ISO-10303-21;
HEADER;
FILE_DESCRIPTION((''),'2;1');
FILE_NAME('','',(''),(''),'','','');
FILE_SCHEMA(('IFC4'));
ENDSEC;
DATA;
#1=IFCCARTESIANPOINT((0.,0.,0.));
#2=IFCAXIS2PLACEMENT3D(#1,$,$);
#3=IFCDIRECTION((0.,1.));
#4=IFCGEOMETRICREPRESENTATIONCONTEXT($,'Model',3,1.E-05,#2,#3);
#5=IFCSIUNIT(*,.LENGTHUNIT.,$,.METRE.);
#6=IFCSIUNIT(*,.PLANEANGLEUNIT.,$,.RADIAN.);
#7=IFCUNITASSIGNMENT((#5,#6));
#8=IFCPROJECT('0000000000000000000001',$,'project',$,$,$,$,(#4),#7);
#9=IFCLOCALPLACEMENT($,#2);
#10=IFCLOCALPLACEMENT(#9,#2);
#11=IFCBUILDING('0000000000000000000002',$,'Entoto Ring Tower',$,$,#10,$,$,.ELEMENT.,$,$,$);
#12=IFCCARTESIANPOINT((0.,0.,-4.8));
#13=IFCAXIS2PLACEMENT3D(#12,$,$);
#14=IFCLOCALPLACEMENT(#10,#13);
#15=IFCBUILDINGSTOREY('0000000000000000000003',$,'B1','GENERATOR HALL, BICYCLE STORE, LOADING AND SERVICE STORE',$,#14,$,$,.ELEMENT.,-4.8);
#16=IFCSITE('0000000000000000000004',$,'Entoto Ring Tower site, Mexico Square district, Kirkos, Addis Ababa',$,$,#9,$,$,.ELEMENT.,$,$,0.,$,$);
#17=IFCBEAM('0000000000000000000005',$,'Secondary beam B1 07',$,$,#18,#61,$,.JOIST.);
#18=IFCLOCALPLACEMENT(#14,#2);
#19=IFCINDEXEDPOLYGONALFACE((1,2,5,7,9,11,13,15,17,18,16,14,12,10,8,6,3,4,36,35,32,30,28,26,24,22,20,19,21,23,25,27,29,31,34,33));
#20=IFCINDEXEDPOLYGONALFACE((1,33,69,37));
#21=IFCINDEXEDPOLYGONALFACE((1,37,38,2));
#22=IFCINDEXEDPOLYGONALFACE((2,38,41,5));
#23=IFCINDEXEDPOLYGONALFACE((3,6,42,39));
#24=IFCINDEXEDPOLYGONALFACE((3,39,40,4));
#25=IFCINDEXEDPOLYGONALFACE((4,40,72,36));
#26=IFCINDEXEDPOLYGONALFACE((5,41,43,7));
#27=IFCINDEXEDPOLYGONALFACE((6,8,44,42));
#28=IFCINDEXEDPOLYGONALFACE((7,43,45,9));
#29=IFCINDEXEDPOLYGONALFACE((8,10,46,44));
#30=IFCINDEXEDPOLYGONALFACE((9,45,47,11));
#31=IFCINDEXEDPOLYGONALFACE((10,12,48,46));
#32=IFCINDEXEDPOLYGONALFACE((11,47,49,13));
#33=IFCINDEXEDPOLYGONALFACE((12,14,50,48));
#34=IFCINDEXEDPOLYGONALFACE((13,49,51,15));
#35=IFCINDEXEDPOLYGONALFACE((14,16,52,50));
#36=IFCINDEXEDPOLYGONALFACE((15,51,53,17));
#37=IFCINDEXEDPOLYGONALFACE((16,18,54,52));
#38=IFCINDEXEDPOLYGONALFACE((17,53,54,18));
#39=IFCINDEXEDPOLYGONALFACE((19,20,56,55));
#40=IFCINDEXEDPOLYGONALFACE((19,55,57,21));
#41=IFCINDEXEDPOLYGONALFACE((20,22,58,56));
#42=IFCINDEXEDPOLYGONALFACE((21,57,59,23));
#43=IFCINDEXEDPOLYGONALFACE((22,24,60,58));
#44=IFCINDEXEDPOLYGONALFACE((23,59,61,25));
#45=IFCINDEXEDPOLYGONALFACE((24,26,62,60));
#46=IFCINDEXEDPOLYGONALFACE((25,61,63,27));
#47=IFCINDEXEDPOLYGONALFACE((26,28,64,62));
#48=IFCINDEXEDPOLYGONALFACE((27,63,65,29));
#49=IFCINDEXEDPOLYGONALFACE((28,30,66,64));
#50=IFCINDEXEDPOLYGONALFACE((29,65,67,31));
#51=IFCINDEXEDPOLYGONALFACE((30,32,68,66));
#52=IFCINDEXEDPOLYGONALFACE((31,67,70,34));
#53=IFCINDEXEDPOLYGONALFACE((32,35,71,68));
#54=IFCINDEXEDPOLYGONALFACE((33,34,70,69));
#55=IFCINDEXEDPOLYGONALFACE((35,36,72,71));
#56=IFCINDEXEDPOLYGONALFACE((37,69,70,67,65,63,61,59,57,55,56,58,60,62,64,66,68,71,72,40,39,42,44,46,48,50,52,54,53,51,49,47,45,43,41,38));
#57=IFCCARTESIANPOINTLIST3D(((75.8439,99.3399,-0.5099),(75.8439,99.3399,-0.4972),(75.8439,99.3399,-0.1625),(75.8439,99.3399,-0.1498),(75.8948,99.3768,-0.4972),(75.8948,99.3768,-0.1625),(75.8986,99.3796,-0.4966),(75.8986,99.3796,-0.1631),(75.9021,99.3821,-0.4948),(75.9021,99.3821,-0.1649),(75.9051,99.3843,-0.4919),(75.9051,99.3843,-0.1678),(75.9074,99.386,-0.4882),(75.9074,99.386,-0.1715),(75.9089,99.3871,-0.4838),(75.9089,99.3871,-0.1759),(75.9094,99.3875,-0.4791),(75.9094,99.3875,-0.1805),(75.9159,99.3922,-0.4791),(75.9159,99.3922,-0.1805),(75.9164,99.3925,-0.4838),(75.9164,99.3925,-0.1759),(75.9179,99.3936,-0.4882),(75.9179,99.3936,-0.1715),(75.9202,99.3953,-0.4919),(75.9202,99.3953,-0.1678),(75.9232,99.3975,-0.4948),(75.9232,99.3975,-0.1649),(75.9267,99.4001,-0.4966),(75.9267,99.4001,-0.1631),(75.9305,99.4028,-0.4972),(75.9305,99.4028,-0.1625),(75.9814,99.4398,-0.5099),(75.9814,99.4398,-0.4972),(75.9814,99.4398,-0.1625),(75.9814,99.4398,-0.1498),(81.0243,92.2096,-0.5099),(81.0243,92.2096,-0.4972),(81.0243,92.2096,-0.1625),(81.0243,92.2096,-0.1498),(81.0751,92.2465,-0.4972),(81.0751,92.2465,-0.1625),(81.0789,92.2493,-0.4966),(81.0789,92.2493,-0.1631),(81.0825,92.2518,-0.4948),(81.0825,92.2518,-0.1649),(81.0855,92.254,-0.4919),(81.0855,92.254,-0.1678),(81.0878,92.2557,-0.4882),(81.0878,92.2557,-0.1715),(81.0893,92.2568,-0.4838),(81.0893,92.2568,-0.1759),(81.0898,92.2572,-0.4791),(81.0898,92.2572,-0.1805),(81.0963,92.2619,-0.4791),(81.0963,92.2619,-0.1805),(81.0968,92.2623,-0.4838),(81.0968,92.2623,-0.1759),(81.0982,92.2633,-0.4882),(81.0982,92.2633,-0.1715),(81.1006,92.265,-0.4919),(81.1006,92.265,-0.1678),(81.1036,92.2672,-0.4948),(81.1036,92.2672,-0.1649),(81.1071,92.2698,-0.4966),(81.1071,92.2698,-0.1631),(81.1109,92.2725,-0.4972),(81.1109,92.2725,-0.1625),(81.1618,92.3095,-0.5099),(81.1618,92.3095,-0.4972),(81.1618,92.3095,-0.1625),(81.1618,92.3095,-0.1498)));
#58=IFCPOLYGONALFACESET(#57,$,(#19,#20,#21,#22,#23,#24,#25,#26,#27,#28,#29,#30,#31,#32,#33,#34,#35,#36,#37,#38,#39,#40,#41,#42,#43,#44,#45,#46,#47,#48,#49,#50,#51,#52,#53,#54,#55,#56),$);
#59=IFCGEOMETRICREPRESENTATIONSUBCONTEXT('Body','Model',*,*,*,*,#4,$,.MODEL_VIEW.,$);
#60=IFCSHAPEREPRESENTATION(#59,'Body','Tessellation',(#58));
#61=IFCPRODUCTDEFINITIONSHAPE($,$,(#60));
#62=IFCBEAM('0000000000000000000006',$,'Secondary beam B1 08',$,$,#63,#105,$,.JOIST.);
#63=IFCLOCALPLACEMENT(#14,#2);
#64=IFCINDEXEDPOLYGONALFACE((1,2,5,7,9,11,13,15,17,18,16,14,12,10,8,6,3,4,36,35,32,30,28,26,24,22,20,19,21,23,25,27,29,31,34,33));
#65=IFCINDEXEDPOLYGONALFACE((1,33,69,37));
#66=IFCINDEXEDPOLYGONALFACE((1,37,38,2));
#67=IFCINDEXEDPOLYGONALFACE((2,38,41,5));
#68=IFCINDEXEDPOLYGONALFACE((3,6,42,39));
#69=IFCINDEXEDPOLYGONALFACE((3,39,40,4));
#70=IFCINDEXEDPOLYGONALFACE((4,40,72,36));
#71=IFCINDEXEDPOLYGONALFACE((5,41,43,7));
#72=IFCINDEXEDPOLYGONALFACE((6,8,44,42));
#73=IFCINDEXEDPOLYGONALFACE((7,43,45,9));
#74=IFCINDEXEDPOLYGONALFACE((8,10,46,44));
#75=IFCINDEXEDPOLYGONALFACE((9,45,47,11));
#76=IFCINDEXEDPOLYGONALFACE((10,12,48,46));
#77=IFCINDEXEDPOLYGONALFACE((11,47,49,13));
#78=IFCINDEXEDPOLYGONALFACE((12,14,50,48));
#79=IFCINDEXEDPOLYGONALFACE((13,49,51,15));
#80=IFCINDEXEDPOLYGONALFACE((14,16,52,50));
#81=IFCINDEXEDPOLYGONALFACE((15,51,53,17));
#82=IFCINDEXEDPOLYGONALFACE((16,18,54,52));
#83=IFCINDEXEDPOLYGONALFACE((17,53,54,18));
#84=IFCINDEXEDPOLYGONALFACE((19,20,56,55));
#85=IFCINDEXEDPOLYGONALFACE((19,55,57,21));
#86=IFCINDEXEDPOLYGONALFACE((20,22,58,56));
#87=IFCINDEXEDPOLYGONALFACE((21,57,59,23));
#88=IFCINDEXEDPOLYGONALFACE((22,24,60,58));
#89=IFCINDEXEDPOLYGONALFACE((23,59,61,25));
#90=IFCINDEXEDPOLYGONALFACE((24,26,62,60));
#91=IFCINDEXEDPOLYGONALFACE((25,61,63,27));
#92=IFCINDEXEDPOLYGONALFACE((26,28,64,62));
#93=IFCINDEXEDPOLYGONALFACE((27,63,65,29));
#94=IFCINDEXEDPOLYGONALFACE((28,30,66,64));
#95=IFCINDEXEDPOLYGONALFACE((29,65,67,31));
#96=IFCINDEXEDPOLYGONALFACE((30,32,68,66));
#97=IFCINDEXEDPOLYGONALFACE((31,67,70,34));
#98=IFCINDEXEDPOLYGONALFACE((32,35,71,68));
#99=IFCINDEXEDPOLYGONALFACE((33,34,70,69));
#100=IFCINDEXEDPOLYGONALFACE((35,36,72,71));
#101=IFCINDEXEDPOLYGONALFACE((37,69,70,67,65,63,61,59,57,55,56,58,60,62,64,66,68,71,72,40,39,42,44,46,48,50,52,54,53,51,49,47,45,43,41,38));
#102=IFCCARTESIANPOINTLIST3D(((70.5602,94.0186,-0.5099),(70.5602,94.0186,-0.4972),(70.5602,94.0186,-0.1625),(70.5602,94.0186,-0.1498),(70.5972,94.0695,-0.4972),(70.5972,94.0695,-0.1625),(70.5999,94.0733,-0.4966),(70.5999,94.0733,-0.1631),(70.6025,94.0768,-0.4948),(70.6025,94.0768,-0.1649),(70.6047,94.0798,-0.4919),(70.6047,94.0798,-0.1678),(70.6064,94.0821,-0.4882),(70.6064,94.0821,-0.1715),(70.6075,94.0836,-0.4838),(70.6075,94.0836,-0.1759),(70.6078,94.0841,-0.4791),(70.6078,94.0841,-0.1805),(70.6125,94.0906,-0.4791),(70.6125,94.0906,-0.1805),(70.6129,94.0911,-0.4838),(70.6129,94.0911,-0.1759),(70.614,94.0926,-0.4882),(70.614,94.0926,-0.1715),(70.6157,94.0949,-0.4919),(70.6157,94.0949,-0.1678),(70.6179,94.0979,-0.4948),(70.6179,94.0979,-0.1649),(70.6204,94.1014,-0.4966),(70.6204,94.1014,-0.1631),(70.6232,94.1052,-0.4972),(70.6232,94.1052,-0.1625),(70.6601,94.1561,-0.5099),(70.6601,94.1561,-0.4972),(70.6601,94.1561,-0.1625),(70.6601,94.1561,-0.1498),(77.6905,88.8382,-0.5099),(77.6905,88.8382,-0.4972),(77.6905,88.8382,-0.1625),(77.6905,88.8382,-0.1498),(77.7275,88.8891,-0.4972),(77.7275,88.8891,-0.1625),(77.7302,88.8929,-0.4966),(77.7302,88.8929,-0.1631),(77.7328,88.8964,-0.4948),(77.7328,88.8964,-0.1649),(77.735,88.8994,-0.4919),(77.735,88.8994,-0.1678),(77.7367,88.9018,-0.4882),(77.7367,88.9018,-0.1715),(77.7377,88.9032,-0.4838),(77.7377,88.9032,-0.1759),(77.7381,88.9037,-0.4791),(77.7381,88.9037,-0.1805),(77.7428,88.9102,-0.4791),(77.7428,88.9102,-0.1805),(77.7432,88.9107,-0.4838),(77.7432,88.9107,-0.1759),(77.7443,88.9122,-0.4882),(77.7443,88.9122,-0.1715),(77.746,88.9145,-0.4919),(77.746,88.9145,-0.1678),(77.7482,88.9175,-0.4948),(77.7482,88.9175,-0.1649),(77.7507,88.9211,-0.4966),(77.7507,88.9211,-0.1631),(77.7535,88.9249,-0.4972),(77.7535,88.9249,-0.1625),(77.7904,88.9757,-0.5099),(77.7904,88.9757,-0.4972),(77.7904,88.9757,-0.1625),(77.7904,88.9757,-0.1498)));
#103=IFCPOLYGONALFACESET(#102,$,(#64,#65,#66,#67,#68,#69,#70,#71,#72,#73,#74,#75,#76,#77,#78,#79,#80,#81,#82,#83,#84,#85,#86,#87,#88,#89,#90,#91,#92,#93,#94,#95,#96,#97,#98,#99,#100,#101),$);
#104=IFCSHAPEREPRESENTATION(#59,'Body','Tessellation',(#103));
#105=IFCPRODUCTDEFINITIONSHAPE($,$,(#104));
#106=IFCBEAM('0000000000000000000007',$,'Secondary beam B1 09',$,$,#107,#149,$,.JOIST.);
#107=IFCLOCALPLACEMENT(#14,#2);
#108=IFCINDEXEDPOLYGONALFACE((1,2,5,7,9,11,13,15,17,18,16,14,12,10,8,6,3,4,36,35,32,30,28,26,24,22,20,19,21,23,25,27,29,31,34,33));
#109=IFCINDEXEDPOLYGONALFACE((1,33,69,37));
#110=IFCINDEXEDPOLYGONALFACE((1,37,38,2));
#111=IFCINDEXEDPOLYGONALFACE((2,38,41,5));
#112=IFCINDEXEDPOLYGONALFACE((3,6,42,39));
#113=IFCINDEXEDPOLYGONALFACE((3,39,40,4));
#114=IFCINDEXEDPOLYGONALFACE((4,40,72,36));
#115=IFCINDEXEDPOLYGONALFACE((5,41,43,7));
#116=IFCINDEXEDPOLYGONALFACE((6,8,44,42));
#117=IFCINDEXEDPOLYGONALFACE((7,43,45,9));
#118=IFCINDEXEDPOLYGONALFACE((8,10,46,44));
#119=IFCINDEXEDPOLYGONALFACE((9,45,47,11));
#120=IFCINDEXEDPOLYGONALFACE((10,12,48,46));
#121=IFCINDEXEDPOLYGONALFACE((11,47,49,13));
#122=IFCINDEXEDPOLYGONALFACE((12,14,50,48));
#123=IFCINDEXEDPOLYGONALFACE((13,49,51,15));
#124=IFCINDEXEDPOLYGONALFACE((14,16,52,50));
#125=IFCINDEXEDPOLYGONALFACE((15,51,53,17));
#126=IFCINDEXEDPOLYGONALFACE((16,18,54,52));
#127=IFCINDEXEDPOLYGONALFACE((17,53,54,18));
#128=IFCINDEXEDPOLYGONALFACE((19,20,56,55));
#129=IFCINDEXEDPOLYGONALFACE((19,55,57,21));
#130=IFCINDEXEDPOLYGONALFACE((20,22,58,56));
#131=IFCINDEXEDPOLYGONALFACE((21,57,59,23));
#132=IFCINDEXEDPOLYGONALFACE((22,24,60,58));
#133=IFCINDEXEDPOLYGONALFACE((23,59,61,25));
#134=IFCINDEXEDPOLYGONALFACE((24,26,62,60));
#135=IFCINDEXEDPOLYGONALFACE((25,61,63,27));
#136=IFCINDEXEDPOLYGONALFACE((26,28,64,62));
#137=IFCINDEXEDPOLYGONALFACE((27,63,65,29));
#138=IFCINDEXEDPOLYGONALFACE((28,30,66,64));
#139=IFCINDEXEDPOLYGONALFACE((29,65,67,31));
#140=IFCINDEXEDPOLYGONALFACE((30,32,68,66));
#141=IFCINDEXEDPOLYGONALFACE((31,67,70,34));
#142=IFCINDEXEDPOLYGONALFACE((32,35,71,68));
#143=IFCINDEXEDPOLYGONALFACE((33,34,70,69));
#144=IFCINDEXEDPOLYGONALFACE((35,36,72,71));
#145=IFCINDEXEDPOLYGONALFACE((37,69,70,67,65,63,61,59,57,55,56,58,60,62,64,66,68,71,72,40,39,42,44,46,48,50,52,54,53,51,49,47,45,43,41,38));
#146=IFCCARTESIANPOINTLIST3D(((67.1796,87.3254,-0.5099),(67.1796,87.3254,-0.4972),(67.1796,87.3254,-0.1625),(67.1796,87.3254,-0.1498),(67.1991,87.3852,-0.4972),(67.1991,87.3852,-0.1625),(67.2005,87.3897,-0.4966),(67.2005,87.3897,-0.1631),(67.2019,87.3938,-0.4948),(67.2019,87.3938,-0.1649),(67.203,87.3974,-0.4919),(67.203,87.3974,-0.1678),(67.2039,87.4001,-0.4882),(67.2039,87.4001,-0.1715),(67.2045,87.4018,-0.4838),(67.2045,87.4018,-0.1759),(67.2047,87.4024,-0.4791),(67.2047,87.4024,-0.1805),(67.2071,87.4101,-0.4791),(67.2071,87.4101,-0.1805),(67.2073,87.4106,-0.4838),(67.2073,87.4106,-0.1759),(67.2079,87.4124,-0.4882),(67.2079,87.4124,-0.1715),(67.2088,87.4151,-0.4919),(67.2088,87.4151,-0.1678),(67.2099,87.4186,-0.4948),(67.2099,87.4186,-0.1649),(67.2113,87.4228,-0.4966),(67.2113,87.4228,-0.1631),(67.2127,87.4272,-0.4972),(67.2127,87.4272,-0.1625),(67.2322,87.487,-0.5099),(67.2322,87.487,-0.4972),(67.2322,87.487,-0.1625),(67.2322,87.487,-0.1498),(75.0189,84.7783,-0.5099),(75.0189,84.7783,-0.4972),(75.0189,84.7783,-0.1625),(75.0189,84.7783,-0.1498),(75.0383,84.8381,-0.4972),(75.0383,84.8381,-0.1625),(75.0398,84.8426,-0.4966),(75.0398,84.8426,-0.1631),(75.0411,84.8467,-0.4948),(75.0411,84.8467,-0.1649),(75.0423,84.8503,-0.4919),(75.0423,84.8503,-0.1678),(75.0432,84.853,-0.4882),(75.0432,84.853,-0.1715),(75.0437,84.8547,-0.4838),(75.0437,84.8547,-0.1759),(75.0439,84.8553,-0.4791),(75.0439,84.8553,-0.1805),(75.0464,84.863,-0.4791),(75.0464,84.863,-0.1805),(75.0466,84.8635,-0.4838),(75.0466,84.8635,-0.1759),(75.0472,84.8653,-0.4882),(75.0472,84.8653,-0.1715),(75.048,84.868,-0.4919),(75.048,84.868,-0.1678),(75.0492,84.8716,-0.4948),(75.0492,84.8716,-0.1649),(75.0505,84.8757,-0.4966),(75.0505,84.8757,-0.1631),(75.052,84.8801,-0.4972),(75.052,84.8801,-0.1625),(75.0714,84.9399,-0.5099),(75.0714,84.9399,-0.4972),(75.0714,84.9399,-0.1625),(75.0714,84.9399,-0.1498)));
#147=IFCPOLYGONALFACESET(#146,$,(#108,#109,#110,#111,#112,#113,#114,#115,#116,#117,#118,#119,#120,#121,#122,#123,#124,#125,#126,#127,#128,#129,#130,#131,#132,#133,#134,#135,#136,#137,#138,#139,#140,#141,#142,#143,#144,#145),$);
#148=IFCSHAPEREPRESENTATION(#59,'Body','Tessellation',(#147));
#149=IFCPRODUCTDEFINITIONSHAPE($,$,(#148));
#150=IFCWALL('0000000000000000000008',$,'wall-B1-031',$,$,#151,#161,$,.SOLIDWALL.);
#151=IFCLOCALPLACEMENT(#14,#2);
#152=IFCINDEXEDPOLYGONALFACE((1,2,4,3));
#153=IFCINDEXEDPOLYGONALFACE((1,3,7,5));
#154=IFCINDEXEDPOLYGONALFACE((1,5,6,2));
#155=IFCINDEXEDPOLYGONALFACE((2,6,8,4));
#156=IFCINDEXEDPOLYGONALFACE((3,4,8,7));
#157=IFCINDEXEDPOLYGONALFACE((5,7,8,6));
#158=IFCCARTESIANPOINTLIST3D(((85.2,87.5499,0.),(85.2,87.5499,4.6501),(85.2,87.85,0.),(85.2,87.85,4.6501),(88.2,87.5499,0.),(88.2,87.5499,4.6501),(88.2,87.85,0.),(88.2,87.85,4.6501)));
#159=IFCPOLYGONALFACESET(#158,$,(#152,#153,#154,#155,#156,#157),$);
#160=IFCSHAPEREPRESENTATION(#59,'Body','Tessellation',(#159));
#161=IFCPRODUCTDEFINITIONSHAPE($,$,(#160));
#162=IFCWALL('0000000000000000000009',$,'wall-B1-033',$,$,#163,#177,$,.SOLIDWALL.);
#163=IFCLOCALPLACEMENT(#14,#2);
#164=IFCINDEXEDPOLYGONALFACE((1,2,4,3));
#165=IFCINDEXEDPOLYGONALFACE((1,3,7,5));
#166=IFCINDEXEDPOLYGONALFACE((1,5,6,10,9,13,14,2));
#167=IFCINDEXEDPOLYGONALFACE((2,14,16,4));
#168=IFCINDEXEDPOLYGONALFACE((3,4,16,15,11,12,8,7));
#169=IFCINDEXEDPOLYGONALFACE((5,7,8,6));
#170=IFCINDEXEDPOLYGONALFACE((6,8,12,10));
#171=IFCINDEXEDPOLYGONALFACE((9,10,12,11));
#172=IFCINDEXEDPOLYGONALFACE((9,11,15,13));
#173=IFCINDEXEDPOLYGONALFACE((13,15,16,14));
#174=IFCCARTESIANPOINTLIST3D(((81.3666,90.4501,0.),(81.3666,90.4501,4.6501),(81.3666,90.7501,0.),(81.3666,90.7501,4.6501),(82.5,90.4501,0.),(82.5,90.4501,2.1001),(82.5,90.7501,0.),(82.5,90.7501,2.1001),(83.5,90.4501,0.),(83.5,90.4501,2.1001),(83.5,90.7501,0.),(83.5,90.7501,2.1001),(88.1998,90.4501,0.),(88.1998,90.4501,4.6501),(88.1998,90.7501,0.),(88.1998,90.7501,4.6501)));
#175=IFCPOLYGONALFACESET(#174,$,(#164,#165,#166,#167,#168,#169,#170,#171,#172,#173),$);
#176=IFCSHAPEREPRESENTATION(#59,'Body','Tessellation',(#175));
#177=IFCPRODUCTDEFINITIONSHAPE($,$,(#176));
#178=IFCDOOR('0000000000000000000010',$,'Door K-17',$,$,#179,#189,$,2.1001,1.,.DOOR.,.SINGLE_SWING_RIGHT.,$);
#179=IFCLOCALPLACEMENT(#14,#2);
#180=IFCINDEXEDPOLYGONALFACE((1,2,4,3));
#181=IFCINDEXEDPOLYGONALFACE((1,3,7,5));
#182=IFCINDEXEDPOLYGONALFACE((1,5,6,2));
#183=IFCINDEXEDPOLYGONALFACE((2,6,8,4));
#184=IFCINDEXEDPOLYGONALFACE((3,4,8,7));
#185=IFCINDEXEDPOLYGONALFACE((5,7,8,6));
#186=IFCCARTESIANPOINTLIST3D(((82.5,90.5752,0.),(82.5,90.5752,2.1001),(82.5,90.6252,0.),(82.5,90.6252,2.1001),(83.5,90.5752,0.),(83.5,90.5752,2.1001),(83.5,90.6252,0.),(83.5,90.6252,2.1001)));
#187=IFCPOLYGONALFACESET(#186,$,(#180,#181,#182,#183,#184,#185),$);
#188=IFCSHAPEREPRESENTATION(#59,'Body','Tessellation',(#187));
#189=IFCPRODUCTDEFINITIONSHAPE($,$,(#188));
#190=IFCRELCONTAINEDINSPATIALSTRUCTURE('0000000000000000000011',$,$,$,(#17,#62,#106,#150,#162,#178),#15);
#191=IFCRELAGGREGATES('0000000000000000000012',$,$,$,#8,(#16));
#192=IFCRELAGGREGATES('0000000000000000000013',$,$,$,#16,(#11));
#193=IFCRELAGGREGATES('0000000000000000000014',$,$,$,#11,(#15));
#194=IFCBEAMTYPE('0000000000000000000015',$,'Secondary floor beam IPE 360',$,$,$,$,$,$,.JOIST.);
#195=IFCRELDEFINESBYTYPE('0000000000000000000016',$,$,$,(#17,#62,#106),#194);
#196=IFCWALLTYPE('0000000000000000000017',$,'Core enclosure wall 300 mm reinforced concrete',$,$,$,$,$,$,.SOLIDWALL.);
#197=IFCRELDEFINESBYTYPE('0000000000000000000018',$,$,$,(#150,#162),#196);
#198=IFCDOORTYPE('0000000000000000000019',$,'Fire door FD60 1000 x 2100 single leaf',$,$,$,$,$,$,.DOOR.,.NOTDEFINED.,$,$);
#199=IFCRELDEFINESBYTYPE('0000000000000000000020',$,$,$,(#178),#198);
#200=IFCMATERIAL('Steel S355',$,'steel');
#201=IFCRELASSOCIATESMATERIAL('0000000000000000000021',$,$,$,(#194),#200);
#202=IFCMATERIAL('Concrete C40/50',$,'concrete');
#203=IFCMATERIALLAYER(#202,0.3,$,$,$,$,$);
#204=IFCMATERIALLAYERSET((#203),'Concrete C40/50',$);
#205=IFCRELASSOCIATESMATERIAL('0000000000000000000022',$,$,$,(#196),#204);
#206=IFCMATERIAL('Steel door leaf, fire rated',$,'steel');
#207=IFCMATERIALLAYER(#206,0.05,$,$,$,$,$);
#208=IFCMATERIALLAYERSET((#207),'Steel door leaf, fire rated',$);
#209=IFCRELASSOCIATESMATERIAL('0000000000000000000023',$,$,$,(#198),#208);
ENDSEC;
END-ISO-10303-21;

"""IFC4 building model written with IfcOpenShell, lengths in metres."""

from ifc_helpers import new_model, si_unit, direction, frame, frame_2d, origin, origin_2d, place, context, subcontext, project, spatial, rectangle, i_section, extrude, material, layer, layer_set, material_profile, profile_set, type_object, element, fill, save


model = new_model("IFC4")

# Units and contexts
model_context = context("Model", 3, precision=1e-05, world=origin(), true_north=direction((0.0, 1.0)))
body_context = subcontext(model_context, "Body", "Model", "MODEL_VIEW")
ifc_project = project(units=[si_unit("LENGTHUNIT", "METRE"), si_unit("PLANEANGLEUNIT", "RADIAN")], contexts=[model_context])

# Site, building, storey
site_placement = place(None, origin())
site = spatial("IfcSite", under=ifc_project, at=site_placement, Name="Entoto Ring Tower site, Mexico Square district, Kirkos, Addis Ababa", CompositionType="ELEMENT", RefElevation=0.0)
building_placement = place(site_placement, origin())
building = spatial("IfcBuilding", under=site, at=building_placement, Name="Entoto Ring Tower", CompositionType="ELEMENT")
storey_placement = place(building_placement, frame((0.0, 0.0, -4.8)))
storey = spatial("IfcBuildingStorey", under=building, at=storey_placement, Name="B1", Description="GENERATOR HALL, BICYCLE STORE, LOADING AND SERVICE STORE", CompositionType="ELEMENT", Elevation=-4.8)

# Beams
ifc_material_1 = material(Name="Steel S355", Category="steel")
ifc_material_profile_1 = material_profile(ifc_material_1, i_section(OverallWidth=0.1699, OverallDepth=0.3601, WebThickness=0.0081, FlangeThickness=0.0127, FilletRadius=0.0181, at=origin_2d()), Name="IPE 360")
ifc_profile_set_1 = profile_set([ifc_material_profile_1], Name="Steel S355")
beam_type_1 = type_object("IfcBeamType", Name="Secondary floor beam IPE 360", PredefinedType="JOIST", material=ifc_profile_set_1)
for number, where, z_axis, x_axis, name in (
    (1, (81.093, 92.2595, -0.3298), (-0.587778, 0.809022, 0.0), (-0.809022, -0.587778, 0.0), "Secondary beam B1 07"),
    (2, (77.7405, 88.907, -0.3298), (-0.809022, 0.587778, 0.0), (-0.587778, -0.809022, 0.0), "Secondary beam B1 08"),
):
    element("IfcBeam", number, at=place(storey_placement, frame(where, z_axis=z_axis, x_axis=x_axis)), inside=storey, type_object=beam_type_1, Name=name, PredefinedType="JOIST", context=body_context, shape_type="SweptSolid", body=[
        extrude(i_section(OverallWidth=0.1699, OverallDepth=0.3601, WebThickness=0.0081, FlangeThickness=0.0127, FilletRadius=0.0181, at=origin_2d()), origin(), (0.0, 0.0, 1.0), 8.8135),
    ])
beam_1_placement = place(storey_placement, frame((75.0452, 84.8591, -0.3298), z_axis=(-0.951058, 0.309012, 0.0), x_axis=(-0.309012, -0.951058, 0.0)))
element("IfcBeam", 3, at=beam_1_placement, inside=storey, type_object=beam_type_1, Name="Secondary beam B1 09", PredefinedType="JOIST", context=body_context, shape_type="SweptSolid", body=[
    extrude(i_section(OverallWidth=0.1699, OverallDepth=0.3601, WebThickness=0.0081, FlangeThickness=0.0127, FilletRadius=0.0181, at=origin_2d()), origin(), (0.0, 0.0, 1.0), 8.2427),
])

# Wall
ifc_material_2 = material(Name="Concrete C40/50", Category="concrete")
ifc_layer_1 = layer(ifc_material_2, 0.3)
ifc_layer_set_1 = layer_set([ifc_layer_1], Name="Concrete C40/50")
wall_type_1 = type_object("IfcWallType", Name="Core enclosure wall 300 mm reinforced concrete", PredefinedType="SOLIDWALL", material=ifc_layer_set_1)
wall_1_placement = place(storey_placement, frame((85.2, 87.7, 0.0), z_axis=(0.0, 0.0, 1.0), x_axis=(1.0, 0.0, 0.0)))
element("IfcWall", 4, at=wall_1_placement, inside=storey, type_object=wall_type_1, Name="wall-B1-031", PredefinedType="SOLIDWALL", context=body_context, shape_type="SweptSolid", body=[
    extrude(rectangle(XDim=3.0, YDim=0.3, at=frame_2d((1.5, 0.0))), origin(), (0.0, 0.0, 1.0), 4.6501),
])

# Wall, opening, door
wall_2_placement = place(storey_placement, frame((81.3667, 90.6001, 0.0), z_axis=(0.0, 0.0, 1.0), x_axis=(1.0, 0.0, 0.0)))
wall_2 = element("IfcWall", 5, at=wall_2_placement, inside=storey, type_object=wall_type_1, Name="wall-B1-033", PredefinedType="SOLIDWALL", context=body_context, shape_type="SweptSolid", body=[
    extrude(rectangle(XDim=6.8333, YDim=0.3, at=frame_2d((3.4165, 0.0))), origin(), (0.0, 0.0, 1.0), 4.6501),
])
opening_1_placement = place(wall_2_placement, frame((1.1333, 0.0, 0.0)))
opening_1 = element("IfcOpeningElement", 6, at=opening_1_placement, cuts=wall_2, PredefinedType="OPENING", context=body_context, shape_type="SweptSolid", body=[
    extrude(rectangle(XDim=1.0, YDim=2.1001, at=frame_2d((0.5, 1.05))), frame((0.0, 0.1602, 0.0), z_axis=(0.0, -1.0, 0.0), x_axis=(1.0, 0.0, 0.0)), (0.0, 0.0, 1.0), 0.3201),
])
ifc_material_3 = material(Name="Steel door leaf, fire rated", Category="steel")
ifc_layer_2 = layer(ifc_material_3, 0.05)
ifc_layer_set_2 = layer_set([ifc_layer_2], Name="Steel door leaf, fire rated")
door_type_1 = type_object("IfcDoorType", Name="Fire door FD60 1000 x 2100 single leaf", OperationType="NOTDEFINED", PredefinedType="DOOR", material=ifc_layer_set_2)
door_1_placement = place(opening_1_placement, frame((1.0, 0.0, 0.0), z_axis=(0.0, 0.0, 1.0), x_axis=(-1.0, 0.0, 0.0)))
door_1 = element("IfcDoor", 7, at=door_1_placement, inside=storey, type_object=door_type_1, Name="Door K-17", OperationType="SINGLE_SWING_RIGHT", OverallHeight=2.1001, OverallWidth=1.0, PredefinedType="DOOR", context=body_context, shape_type="SweptSolid", body=[
    extrude(rectangle(XDim=1.0, YDim=2.1001, at=frame_2d((0.5, 1.05))), frame((0.0, 0.0249, 0.0), z_axis=(0.0, -1.0, 0.0), x_axis=(1.0, 0.0, 0.0)), (0.0, 0.0, 1.0), 0.05),
])
fill(opening_1, door_1)

save(model, "model.ifc")
